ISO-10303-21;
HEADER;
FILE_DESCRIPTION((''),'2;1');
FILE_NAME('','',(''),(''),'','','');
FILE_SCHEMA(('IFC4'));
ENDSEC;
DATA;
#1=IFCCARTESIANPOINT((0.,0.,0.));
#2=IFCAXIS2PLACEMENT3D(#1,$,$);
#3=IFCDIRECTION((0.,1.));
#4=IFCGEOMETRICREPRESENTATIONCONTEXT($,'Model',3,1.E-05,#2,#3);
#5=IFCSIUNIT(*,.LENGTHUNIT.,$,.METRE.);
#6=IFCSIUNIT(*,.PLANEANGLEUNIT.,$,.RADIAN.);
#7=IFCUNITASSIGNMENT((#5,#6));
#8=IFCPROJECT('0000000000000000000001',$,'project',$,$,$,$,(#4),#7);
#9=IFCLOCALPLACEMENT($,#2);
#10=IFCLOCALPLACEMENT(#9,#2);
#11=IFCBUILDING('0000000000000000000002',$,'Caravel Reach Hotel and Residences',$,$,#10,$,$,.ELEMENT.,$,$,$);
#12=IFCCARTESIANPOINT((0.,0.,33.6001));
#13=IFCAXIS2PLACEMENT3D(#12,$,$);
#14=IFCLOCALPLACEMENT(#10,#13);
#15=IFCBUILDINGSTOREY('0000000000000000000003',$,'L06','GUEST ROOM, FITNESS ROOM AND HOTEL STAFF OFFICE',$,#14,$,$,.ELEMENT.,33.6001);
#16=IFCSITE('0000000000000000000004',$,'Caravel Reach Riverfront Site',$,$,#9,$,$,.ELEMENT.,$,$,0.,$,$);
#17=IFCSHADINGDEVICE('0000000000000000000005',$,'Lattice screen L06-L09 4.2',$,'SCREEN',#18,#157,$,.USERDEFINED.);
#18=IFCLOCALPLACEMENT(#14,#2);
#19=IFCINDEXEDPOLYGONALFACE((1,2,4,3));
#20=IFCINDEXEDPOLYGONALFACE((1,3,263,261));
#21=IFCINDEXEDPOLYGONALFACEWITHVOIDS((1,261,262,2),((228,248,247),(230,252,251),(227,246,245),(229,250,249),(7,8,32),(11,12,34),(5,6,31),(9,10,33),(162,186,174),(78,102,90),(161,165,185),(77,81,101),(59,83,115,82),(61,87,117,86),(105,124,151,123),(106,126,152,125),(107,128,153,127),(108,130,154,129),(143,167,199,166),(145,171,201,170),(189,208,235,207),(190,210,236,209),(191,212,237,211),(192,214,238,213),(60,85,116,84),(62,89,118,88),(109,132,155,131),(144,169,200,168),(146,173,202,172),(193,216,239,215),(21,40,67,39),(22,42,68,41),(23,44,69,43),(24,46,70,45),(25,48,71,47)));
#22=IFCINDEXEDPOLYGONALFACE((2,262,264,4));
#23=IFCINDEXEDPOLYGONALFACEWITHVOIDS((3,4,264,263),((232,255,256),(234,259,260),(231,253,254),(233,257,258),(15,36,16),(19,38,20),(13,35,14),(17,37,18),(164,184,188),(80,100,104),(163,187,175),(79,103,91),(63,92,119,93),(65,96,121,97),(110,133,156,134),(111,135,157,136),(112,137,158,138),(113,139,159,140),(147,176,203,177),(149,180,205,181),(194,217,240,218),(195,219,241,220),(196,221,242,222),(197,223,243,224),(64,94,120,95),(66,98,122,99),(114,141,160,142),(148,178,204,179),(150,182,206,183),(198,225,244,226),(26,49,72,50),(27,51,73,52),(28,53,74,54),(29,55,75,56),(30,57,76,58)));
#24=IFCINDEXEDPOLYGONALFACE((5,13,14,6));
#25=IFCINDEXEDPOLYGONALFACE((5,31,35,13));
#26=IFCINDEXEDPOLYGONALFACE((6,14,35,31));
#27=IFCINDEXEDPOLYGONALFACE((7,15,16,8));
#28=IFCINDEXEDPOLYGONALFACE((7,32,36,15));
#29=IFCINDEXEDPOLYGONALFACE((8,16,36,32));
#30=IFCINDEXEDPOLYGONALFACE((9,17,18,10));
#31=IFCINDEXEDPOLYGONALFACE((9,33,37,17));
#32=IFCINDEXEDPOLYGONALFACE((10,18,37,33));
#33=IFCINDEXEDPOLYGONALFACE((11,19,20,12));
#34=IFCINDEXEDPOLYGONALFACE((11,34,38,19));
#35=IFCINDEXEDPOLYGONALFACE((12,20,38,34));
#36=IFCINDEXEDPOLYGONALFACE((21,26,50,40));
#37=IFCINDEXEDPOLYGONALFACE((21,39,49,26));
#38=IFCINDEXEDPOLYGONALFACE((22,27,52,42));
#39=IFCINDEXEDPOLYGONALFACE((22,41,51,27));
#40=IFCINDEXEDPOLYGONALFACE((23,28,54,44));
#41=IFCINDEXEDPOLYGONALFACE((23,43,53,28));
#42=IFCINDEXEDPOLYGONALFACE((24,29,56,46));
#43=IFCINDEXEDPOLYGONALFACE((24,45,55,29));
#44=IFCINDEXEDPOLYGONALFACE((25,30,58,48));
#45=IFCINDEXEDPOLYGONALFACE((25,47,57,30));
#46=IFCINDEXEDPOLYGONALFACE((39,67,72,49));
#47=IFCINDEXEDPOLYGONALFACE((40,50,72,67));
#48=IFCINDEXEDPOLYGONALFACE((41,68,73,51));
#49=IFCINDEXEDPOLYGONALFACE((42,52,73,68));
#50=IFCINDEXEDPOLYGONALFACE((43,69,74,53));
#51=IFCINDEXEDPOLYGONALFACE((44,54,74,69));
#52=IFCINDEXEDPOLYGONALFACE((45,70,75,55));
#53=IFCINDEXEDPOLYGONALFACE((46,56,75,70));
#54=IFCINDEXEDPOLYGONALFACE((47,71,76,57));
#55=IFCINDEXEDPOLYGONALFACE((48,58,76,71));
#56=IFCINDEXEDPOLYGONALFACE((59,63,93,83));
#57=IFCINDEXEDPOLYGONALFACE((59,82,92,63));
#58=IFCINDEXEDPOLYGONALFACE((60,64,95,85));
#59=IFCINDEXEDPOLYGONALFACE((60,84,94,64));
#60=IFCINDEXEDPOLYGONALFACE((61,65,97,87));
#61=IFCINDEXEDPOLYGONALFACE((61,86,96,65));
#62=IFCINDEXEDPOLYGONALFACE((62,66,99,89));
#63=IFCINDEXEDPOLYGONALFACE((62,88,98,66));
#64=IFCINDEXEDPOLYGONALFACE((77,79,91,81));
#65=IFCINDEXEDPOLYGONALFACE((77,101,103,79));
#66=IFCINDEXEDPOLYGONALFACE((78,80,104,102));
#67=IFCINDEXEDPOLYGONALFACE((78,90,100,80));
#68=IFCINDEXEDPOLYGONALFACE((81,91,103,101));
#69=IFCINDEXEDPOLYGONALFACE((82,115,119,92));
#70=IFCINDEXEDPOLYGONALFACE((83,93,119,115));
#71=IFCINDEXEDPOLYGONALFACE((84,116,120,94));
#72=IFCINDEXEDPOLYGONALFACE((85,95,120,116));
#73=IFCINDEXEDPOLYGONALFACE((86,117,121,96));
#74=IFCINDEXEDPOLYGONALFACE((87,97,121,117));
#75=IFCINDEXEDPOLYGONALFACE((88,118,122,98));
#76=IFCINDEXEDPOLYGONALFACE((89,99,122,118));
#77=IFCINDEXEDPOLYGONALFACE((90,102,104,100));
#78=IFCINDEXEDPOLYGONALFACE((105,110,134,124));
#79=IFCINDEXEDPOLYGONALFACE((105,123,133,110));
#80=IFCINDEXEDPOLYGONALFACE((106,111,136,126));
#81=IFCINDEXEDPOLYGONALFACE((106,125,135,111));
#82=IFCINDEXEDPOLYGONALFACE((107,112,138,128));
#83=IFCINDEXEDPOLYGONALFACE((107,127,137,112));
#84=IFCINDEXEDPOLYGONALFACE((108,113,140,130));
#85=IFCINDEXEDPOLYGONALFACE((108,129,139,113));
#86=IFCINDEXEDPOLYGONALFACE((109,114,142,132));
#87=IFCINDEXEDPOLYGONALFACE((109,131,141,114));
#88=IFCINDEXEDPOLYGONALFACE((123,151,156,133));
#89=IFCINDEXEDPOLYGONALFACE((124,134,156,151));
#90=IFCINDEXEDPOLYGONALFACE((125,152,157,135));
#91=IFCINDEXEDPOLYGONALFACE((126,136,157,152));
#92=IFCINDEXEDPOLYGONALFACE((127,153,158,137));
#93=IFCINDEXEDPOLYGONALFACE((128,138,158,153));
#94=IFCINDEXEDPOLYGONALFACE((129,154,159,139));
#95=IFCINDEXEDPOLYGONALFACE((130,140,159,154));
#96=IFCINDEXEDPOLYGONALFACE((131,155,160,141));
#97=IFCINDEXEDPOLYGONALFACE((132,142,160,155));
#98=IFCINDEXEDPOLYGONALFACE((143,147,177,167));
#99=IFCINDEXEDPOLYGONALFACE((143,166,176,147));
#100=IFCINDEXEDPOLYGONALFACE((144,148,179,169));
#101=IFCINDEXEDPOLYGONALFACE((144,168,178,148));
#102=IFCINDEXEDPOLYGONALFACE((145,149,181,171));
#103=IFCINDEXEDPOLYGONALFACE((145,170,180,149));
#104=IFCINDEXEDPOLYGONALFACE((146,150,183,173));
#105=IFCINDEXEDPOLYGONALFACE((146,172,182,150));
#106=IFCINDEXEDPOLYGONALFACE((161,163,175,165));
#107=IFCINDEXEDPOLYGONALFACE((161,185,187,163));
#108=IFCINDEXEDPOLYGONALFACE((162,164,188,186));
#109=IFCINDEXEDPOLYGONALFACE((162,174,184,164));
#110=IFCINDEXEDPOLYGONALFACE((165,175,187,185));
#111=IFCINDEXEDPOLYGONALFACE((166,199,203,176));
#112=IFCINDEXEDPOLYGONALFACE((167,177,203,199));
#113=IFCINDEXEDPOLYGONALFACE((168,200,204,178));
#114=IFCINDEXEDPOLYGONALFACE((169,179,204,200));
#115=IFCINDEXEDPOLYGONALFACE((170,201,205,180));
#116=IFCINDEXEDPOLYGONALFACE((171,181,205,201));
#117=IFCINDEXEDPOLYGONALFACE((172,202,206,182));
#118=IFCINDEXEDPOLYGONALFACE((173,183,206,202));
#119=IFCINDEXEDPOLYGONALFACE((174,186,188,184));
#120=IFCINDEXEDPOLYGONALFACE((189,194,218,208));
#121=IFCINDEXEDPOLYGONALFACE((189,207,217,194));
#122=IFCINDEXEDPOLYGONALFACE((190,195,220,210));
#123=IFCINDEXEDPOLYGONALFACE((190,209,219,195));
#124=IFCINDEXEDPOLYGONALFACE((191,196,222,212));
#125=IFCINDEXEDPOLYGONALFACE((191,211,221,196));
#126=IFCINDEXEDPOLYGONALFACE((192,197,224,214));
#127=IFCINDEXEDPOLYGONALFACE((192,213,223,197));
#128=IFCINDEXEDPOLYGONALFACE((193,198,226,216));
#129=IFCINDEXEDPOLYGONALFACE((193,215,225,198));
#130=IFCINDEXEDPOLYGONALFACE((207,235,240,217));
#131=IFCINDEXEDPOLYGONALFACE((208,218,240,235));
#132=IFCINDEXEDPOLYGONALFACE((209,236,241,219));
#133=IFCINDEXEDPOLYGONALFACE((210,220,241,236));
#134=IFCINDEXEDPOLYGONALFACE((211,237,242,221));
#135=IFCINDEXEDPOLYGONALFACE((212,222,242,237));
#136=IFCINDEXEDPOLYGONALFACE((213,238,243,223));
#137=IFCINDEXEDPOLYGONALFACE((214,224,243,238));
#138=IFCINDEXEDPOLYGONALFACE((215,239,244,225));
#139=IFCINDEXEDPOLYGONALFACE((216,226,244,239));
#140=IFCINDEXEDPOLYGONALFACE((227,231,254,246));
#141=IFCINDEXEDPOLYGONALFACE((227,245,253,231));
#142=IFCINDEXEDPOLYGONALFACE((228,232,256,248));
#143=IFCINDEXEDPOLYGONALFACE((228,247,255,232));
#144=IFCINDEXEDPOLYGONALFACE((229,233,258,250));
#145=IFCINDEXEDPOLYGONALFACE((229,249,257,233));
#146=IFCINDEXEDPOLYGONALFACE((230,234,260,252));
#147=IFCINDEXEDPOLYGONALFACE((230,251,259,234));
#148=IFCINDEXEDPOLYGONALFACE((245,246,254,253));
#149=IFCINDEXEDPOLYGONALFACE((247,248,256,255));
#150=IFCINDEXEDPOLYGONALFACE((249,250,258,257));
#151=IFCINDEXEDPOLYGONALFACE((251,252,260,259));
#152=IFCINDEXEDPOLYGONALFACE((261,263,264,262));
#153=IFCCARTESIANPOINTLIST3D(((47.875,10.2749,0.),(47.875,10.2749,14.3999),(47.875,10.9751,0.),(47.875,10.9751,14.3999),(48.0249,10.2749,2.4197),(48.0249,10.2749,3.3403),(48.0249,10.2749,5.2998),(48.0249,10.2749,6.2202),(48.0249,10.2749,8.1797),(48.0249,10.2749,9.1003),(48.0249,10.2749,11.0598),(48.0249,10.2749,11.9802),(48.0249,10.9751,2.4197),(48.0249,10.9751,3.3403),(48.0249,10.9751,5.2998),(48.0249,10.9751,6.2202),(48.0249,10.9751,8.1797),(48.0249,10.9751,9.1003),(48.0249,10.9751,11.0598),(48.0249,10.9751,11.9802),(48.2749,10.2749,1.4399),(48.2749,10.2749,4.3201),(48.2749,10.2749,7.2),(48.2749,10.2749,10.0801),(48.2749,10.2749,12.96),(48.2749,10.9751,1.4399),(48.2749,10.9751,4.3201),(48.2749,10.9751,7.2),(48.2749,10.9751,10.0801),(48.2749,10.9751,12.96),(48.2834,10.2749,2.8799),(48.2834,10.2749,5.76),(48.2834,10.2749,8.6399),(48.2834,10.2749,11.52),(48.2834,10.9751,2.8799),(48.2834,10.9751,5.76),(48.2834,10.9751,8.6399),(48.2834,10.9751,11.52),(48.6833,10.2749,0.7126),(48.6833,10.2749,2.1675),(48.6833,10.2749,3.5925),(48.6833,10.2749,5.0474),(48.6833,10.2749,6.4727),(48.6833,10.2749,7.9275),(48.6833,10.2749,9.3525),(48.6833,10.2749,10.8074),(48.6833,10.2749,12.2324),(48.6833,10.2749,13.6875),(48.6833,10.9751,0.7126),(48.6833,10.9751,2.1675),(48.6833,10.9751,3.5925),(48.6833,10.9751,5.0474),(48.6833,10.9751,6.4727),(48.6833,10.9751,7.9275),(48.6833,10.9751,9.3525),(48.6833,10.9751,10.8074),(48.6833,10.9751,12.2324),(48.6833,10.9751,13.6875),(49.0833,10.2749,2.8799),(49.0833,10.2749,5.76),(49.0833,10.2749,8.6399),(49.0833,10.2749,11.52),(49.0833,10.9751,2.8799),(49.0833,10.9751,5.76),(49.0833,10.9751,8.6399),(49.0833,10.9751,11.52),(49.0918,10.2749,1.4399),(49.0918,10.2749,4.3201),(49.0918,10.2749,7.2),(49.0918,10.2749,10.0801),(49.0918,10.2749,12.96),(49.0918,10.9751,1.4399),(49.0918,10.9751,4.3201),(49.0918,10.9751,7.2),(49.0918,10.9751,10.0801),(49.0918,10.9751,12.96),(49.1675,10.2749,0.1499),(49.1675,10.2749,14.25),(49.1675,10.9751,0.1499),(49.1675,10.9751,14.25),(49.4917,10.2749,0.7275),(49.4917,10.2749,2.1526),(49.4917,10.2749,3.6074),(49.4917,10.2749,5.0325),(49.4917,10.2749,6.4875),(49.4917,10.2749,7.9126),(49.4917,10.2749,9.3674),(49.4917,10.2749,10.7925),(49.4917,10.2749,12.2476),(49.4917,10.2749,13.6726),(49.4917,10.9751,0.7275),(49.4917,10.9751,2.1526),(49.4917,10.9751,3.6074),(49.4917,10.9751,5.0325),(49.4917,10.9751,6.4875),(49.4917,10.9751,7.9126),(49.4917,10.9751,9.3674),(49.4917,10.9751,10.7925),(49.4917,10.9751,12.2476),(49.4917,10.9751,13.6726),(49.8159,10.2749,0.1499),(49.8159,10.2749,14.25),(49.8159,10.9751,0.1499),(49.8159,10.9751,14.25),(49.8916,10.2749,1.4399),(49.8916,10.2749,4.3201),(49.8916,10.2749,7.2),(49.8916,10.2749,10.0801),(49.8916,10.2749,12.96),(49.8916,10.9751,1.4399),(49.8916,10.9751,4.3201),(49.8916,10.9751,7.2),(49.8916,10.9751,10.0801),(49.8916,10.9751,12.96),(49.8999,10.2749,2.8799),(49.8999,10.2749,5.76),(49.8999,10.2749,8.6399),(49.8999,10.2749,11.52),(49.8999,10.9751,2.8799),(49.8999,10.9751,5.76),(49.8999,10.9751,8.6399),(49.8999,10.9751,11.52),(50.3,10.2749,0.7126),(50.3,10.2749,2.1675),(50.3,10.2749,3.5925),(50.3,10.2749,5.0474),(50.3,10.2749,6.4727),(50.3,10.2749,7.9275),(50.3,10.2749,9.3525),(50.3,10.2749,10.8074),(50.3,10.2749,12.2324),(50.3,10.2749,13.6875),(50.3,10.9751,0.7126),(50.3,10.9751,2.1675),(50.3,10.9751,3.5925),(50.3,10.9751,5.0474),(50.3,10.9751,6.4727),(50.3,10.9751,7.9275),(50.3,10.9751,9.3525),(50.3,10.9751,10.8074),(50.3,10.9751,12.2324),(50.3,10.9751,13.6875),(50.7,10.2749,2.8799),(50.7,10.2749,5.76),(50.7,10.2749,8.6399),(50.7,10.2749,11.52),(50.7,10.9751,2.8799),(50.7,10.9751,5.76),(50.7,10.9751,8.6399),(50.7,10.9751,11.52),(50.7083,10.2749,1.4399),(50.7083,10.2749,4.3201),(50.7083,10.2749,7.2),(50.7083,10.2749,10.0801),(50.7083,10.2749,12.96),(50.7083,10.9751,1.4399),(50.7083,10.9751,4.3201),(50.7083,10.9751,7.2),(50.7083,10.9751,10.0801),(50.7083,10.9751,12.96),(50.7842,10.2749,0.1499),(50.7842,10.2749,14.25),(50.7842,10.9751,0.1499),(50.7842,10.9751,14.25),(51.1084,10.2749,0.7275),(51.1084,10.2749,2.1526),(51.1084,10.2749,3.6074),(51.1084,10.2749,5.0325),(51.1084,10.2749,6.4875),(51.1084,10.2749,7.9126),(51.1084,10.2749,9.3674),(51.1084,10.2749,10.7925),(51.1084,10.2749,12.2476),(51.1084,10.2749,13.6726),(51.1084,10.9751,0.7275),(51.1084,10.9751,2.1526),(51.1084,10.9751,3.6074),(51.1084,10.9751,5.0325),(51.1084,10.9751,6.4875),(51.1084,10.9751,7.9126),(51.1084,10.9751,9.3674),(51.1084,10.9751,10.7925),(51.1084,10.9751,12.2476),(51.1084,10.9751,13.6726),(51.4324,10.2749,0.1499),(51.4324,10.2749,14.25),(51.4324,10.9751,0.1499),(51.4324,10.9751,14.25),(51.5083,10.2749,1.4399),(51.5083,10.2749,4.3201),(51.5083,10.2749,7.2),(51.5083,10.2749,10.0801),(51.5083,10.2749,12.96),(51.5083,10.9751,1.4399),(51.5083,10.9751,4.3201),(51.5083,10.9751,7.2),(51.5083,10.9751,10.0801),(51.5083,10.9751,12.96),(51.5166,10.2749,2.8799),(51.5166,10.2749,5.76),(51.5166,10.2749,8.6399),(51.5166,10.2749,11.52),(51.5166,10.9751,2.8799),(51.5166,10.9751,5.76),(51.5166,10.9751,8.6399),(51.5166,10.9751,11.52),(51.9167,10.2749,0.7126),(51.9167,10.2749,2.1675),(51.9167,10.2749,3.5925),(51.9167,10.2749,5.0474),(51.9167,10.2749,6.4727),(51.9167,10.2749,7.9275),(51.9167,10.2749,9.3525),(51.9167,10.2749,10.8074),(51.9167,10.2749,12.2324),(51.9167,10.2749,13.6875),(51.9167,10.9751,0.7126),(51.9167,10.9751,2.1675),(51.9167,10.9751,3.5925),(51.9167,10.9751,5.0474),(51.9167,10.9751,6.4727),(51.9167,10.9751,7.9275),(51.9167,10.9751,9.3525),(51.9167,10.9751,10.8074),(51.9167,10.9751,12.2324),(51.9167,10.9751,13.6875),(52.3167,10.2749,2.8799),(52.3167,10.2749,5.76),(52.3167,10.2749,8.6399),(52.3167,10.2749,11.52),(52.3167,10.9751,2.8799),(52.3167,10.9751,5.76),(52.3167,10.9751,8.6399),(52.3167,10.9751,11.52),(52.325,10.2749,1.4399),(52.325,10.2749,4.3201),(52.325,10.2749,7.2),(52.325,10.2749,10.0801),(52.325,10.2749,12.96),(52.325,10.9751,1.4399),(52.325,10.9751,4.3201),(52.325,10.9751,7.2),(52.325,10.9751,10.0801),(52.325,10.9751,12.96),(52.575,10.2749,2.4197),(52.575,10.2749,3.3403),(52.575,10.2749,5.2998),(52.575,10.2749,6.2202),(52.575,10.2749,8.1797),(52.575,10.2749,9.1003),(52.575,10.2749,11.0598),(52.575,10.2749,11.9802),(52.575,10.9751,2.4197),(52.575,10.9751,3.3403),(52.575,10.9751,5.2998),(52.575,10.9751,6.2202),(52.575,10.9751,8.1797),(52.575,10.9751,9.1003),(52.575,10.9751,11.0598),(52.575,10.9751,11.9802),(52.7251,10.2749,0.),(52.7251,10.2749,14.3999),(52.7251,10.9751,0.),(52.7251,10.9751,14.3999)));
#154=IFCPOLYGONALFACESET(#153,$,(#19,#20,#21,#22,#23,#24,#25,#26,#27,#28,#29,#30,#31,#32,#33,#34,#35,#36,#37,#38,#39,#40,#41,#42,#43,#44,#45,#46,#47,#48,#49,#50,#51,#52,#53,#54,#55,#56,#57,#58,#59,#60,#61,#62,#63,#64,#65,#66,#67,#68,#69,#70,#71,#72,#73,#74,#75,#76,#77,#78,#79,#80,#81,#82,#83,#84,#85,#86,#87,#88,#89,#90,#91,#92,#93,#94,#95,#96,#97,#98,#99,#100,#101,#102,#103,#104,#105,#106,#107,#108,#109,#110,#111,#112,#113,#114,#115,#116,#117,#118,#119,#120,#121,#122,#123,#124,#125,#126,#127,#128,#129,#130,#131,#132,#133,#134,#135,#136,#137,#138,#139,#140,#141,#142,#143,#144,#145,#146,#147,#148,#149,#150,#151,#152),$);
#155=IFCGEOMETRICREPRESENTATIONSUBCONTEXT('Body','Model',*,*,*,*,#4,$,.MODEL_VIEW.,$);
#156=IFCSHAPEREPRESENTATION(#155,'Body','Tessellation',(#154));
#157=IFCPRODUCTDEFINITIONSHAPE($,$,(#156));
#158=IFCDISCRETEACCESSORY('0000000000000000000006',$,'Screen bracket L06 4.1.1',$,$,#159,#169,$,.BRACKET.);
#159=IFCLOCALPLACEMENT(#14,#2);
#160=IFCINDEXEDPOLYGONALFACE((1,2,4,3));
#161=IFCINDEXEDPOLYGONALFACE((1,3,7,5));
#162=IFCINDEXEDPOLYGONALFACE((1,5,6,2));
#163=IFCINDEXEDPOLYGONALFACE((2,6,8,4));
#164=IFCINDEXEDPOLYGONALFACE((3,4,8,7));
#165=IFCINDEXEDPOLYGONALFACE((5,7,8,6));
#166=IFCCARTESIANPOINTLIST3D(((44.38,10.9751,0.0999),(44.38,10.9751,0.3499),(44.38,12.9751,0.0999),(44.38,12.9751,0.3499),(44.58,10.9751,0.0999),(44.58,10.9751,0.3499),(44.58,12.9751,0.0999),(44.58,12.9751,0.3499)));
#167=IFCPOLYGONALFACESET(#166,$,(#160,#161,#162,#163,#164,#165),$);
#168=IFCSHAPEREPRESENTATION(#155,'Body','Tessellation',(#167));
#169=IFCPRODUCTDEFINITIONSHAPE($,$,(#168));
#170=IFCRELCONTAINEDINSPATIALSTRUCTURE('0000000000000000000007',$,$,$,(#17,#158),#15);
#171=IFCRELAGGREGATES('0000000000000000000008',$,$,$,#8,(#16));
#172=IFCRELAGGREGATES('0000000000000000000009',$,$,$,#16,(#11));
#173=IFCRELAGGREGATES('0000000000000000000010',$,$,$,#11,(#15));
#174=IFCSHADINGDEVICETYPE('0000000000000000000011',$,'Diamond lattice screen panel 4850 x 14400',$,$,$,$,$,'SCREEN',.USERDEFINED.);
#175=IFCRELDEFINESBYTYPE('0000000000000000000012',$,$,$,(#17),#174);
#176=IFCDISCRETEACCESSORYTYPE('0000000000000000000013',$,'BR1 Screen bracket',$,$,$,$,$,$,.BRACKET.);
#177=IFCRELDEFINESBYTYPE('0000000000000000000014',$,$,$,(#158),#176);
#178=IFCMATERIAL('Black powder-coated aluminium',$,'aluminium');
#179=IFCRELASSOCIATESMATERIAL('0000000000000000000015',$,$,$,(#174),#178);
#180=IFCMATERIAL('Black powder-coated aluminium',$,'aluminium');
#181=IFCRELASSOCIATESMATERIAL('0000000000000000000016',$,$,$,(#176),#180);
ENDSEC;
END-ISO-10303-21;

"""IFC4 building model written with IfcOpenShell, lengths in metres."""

from ifc_helpers import new_model, si_unit, direction, frame, origin, origin_2d, place, context, subcontext, project, spatial, polyline, rectangle, outline, extrude, material, type_object, element, save


model = new_model("IFC4")

# Units and contexts
model_context = context("Model", 3, precision=1e-05, world=origin(), true_north=direction((0.0, 1.0)))
body_context = subcontext(model_context, "Body", "Model", "MODEL_VIEW")
ifc_project = project(units=[si_unit("LENGTHUNIT", "METRE"), si_unit("PLANEANGLEUNIT", "RADIAN")], contexts=[model_context])

# Site, building, storey
site_placement = place(None, origin())
site = spatial("IfcSite", under=ifc_project, at=site_placement, Name="Caravel Reach Riverfront Site", CompositionType="ELEMENT", RefElevation=0.0)
building_placement = place(site_placement, origin())
building = spatial("IfcBuilding", under=site, at=building_placement, Name="Caravel Reach Hotel and Residences", CompositionType="ELEMENT")
storey_placement = place(building_placement, frame((0.0, 0.0, 33.6001)))
storey = spatial("IfcBuildingStorey", under=building, at=storey_placement, Name="L06", Description="GUEST ROOM, FITNESS ROOM AND HOTEL STAFF OFFICE", CompositionType="ELEMENT", Elevation=33.6001)

# Shading device
ifc_material_1 = material(Name="Black powder-coated aluminium", Category="aluminium")
shading_device_type = type_object("IfcShadingDeviceType", Name="Diamond lattice screen panel 4850 x 14400", ElementType="SCREEN", PredefinedType="USERDEFINED", material=ifc_material_1)
shading_device_placement = place(storey_placement, frame((47.875, 10.9751, 0.0), z_axis=(0.0, -1.0, 0.0), x_axis=(1.0, 0.0, 0.0)))
element("IfcShadingDevice", 1, at=shading_device_placement, inside=storey, type_object=shading_device_type, Name="Lattice screen L06-L09 4.2", ObjectType="SCREEN", PredefinedType="USERDEFINED", context=body_context, shape_type="SweptSolid", body=[
    extrude(outline(polyline([(0.0, 0.0), (4.8501, 0.0), (4.8501, 14.3999), (0.0, 14.3999), (0.0, 0.0)]), holes=[polyline([(0.4084, 2.8799), (0.1499, 3.3403), (0.1499, 2.4197), (0.4084, 2.8799)]), polyline([(0.4084, 5.76), (0.1499, 6.2202), (0.1499, 5.2998), (0.4084, 5.76)]), polyline([(0.4084, 8.6399), (0.1499, 9.1003), (0.1499, 8.1797), (0.4084, 8.6399)]), polyline([(0.4084, 11.52), (0.1499, 11.9802), (0.1499, 11.0598), (0.4084, 11.52)]), polyline([(0.8083, 2.1675), (0.3999, 1.4399), (0.8083, 0.7126), (1.2168, 1.4399), (0.8083, 2.1675)]), polyline([(0.8083, 5.0474), (0.3999, 4.3201), (0.8083, 3.5925), (1.2168, 4.3201), (0.8083, 5.0474)]), polyline([(0.8083, 7.9275), (0.3999, 7.2), (0.8083, 6.4727), (1.2168, 7.2), (0.8083, 7.9275)]), polyline([(0.8083, 10.8074), (0.3999, 10.0801), (0.8083, 9.3525), (1.2168, 10.0801), (0.8083, 10.8074)]), polyline([(0.8083, 13.6875), (0.3999, 12.96), (0.8083, 12.2324), (1.2168, 12.96), (0.8083, 13.6875)]), polyline([(1.6167, 0.7275), (1.2925, 0.1499), (1.9409, 0.1499), (1.6167, 0.7275)]), polyline([(1.6167, 3.6074), (1.2083, 2.8799), (1.6167, 2.1526), (2.0249, 2.8799), (1.6167, 3.6074)]), polyline([(1.6167, 6.4875), (1.2083, 5.76), (1.6167, 5.0325), (2.0249, 5.76), (1.6167, 6.4875)]), polyline([(1.6167, 9.3674), (1.2083, 8.6399), (1.6167, 7.9126), (2.0249, 8.6399), (1.6167, 9.3674)]), polyline([(1.6167, 12.2476), (1.2083, 11.52), (1.6167, 10.7925), (2.0249, 11.52), (1.6167, 12.2476)]), polyline([(1.6167, 13.6726), (1.9409, 14.25), (1.2925, 14.25), (1.6167, 13.6726)]), polyline([(2.425, 2.1675), (2.0166, 1.4399), (2.425, 0.7126), (2.8333, 1.4399), (2.425, 2.1675)]), polyline([(2.425, 5.0474), (2.0166, 4.3201), (2.425, 3.5925), (2.8333, 4.3201), (2.425, 5.0474)]), polyline([(2.425, 7.9275), (2.0166, 7.2), (2.425, 6.4727), (2.8333, 7.2), (2.425, 7.9275)]), polyline([(2.425, 10.8074), (2.0166, 10.0801), (2.425, 9.3525), (2.8333, 10.0801), (2.425, 10.8074)]), polyline([(2.425, 13.6875), (2.0166, 12.96), (2.425, 12.2324), (2.8333, 12.96), (2.425, 13.6875)]), polyline([(3.2334, 0.7275), (2.9092, 0.1499), (3.5574, 0.1499), (3.2334, 0.7275)]), polyline([(3.2334, 3.6074), (2.825, 2.8799), (3.2334, 2.1526), (3.6416, 2.8799), (3.2334, 3.6074)]), polyline([(3.2334, 6.4875), (2.825, 5.76), (3.2334, 5.0325), (3.6416, 5.76), (3.2334, 6.4875)]), polyline([(3.2334, 9.3674), (2.825, 8.6399), (3.2334, 7.9126), (3.6416, 8.6399), (3.2334, 9.3674)]), polyline([(3.2334, 12.2476), (2.825, 11.52), (3.2334, 10.7925), (3.6416, 11.52), (3.2334, 12.2476)]), polyline([(3.2334, 13.6726), (3.5574, 14.25), (2.9092, 14.25), (3.2334, 13.6726)]), polyline([(4.0417, 2.1675), (3.6333, 1.4399), (4.0417, 0.7126), (4.45, 1.4399), (4.0417, 2.1675)]), polyline([(4.0417, 5.0474), (3.6333, 4.3201), (4.0417, 3.5925), (4.45, 4.3201), (4.0417, 5.0474)]), polyline([(4.0417, 7.9275), (3.6333, 7.2), (4.0417, 6.4727), (4.45, 7.2), (4.0417, 7.9275)]), polyline([(4.0417, 10.8074), (3.6333, 10.0801), (4.0417, 9.3525), (4.45, 10.0801), (4.0417, 10.8074)]), polyline([(4.0417, 13.6875), (3.6333, 12.96), (4.0417, 12.2324), (4.45, 12.96), (4.0417, 13.6875)]), polyline([(4.4417, 2.8799), (4.7, 2.4197), (4.7, 3.3403), (4.4417, 2.8799)]), polyline([(4.4417, 5.76), (4.7, 5.2998), (4.7, 6.2202), (4.4417, 5.76)]), polyline([(4.4417, 8.6399), (4.7, 8.1797), (4.7, 9.1003), (4.4417, 8.6399)]), polyline([(4.4417, 11.52), (4.7, 11.0598), (4.7, 11.9802), (4.4417, 11.52)])]), origin(), (0.0, 0.0, 1.0), 0.7002),
])

# Discrete accessory
ifc_material_2 = material(Name="Black powder-coated aluminium", Category="aluminium")
discrete_accessory_type = type_object("IfcDiscreteAccessoryType", Name="BR1 Screen bracket", PredefinedType="BRACKET", material=ifc_material_2)
discrete_accessory_1_placement = place(storey_placement, frame((44.48, 11.9751, 0.0999), z_axis=(0.0, 0.0, 1.0), x_axis=(0.0, -1.0, 0.0)))
element("IfcDiscreteAccessory", 2, at=discrete_accessory_1_placement, inside=storey, type_object=discrete_accessory_type, Name="Screen bracket L06 4.1.1", PredefinedType="BRACKET", context=body_context, shape_type="SweptSolid", body=[
    extrude(rectangle(XDim=2.0, YDim=0.2, at=origin_2d()), origin(), (0.0, 0.0, 1.0), 0.25),
])

save(model, "model.ifc")
